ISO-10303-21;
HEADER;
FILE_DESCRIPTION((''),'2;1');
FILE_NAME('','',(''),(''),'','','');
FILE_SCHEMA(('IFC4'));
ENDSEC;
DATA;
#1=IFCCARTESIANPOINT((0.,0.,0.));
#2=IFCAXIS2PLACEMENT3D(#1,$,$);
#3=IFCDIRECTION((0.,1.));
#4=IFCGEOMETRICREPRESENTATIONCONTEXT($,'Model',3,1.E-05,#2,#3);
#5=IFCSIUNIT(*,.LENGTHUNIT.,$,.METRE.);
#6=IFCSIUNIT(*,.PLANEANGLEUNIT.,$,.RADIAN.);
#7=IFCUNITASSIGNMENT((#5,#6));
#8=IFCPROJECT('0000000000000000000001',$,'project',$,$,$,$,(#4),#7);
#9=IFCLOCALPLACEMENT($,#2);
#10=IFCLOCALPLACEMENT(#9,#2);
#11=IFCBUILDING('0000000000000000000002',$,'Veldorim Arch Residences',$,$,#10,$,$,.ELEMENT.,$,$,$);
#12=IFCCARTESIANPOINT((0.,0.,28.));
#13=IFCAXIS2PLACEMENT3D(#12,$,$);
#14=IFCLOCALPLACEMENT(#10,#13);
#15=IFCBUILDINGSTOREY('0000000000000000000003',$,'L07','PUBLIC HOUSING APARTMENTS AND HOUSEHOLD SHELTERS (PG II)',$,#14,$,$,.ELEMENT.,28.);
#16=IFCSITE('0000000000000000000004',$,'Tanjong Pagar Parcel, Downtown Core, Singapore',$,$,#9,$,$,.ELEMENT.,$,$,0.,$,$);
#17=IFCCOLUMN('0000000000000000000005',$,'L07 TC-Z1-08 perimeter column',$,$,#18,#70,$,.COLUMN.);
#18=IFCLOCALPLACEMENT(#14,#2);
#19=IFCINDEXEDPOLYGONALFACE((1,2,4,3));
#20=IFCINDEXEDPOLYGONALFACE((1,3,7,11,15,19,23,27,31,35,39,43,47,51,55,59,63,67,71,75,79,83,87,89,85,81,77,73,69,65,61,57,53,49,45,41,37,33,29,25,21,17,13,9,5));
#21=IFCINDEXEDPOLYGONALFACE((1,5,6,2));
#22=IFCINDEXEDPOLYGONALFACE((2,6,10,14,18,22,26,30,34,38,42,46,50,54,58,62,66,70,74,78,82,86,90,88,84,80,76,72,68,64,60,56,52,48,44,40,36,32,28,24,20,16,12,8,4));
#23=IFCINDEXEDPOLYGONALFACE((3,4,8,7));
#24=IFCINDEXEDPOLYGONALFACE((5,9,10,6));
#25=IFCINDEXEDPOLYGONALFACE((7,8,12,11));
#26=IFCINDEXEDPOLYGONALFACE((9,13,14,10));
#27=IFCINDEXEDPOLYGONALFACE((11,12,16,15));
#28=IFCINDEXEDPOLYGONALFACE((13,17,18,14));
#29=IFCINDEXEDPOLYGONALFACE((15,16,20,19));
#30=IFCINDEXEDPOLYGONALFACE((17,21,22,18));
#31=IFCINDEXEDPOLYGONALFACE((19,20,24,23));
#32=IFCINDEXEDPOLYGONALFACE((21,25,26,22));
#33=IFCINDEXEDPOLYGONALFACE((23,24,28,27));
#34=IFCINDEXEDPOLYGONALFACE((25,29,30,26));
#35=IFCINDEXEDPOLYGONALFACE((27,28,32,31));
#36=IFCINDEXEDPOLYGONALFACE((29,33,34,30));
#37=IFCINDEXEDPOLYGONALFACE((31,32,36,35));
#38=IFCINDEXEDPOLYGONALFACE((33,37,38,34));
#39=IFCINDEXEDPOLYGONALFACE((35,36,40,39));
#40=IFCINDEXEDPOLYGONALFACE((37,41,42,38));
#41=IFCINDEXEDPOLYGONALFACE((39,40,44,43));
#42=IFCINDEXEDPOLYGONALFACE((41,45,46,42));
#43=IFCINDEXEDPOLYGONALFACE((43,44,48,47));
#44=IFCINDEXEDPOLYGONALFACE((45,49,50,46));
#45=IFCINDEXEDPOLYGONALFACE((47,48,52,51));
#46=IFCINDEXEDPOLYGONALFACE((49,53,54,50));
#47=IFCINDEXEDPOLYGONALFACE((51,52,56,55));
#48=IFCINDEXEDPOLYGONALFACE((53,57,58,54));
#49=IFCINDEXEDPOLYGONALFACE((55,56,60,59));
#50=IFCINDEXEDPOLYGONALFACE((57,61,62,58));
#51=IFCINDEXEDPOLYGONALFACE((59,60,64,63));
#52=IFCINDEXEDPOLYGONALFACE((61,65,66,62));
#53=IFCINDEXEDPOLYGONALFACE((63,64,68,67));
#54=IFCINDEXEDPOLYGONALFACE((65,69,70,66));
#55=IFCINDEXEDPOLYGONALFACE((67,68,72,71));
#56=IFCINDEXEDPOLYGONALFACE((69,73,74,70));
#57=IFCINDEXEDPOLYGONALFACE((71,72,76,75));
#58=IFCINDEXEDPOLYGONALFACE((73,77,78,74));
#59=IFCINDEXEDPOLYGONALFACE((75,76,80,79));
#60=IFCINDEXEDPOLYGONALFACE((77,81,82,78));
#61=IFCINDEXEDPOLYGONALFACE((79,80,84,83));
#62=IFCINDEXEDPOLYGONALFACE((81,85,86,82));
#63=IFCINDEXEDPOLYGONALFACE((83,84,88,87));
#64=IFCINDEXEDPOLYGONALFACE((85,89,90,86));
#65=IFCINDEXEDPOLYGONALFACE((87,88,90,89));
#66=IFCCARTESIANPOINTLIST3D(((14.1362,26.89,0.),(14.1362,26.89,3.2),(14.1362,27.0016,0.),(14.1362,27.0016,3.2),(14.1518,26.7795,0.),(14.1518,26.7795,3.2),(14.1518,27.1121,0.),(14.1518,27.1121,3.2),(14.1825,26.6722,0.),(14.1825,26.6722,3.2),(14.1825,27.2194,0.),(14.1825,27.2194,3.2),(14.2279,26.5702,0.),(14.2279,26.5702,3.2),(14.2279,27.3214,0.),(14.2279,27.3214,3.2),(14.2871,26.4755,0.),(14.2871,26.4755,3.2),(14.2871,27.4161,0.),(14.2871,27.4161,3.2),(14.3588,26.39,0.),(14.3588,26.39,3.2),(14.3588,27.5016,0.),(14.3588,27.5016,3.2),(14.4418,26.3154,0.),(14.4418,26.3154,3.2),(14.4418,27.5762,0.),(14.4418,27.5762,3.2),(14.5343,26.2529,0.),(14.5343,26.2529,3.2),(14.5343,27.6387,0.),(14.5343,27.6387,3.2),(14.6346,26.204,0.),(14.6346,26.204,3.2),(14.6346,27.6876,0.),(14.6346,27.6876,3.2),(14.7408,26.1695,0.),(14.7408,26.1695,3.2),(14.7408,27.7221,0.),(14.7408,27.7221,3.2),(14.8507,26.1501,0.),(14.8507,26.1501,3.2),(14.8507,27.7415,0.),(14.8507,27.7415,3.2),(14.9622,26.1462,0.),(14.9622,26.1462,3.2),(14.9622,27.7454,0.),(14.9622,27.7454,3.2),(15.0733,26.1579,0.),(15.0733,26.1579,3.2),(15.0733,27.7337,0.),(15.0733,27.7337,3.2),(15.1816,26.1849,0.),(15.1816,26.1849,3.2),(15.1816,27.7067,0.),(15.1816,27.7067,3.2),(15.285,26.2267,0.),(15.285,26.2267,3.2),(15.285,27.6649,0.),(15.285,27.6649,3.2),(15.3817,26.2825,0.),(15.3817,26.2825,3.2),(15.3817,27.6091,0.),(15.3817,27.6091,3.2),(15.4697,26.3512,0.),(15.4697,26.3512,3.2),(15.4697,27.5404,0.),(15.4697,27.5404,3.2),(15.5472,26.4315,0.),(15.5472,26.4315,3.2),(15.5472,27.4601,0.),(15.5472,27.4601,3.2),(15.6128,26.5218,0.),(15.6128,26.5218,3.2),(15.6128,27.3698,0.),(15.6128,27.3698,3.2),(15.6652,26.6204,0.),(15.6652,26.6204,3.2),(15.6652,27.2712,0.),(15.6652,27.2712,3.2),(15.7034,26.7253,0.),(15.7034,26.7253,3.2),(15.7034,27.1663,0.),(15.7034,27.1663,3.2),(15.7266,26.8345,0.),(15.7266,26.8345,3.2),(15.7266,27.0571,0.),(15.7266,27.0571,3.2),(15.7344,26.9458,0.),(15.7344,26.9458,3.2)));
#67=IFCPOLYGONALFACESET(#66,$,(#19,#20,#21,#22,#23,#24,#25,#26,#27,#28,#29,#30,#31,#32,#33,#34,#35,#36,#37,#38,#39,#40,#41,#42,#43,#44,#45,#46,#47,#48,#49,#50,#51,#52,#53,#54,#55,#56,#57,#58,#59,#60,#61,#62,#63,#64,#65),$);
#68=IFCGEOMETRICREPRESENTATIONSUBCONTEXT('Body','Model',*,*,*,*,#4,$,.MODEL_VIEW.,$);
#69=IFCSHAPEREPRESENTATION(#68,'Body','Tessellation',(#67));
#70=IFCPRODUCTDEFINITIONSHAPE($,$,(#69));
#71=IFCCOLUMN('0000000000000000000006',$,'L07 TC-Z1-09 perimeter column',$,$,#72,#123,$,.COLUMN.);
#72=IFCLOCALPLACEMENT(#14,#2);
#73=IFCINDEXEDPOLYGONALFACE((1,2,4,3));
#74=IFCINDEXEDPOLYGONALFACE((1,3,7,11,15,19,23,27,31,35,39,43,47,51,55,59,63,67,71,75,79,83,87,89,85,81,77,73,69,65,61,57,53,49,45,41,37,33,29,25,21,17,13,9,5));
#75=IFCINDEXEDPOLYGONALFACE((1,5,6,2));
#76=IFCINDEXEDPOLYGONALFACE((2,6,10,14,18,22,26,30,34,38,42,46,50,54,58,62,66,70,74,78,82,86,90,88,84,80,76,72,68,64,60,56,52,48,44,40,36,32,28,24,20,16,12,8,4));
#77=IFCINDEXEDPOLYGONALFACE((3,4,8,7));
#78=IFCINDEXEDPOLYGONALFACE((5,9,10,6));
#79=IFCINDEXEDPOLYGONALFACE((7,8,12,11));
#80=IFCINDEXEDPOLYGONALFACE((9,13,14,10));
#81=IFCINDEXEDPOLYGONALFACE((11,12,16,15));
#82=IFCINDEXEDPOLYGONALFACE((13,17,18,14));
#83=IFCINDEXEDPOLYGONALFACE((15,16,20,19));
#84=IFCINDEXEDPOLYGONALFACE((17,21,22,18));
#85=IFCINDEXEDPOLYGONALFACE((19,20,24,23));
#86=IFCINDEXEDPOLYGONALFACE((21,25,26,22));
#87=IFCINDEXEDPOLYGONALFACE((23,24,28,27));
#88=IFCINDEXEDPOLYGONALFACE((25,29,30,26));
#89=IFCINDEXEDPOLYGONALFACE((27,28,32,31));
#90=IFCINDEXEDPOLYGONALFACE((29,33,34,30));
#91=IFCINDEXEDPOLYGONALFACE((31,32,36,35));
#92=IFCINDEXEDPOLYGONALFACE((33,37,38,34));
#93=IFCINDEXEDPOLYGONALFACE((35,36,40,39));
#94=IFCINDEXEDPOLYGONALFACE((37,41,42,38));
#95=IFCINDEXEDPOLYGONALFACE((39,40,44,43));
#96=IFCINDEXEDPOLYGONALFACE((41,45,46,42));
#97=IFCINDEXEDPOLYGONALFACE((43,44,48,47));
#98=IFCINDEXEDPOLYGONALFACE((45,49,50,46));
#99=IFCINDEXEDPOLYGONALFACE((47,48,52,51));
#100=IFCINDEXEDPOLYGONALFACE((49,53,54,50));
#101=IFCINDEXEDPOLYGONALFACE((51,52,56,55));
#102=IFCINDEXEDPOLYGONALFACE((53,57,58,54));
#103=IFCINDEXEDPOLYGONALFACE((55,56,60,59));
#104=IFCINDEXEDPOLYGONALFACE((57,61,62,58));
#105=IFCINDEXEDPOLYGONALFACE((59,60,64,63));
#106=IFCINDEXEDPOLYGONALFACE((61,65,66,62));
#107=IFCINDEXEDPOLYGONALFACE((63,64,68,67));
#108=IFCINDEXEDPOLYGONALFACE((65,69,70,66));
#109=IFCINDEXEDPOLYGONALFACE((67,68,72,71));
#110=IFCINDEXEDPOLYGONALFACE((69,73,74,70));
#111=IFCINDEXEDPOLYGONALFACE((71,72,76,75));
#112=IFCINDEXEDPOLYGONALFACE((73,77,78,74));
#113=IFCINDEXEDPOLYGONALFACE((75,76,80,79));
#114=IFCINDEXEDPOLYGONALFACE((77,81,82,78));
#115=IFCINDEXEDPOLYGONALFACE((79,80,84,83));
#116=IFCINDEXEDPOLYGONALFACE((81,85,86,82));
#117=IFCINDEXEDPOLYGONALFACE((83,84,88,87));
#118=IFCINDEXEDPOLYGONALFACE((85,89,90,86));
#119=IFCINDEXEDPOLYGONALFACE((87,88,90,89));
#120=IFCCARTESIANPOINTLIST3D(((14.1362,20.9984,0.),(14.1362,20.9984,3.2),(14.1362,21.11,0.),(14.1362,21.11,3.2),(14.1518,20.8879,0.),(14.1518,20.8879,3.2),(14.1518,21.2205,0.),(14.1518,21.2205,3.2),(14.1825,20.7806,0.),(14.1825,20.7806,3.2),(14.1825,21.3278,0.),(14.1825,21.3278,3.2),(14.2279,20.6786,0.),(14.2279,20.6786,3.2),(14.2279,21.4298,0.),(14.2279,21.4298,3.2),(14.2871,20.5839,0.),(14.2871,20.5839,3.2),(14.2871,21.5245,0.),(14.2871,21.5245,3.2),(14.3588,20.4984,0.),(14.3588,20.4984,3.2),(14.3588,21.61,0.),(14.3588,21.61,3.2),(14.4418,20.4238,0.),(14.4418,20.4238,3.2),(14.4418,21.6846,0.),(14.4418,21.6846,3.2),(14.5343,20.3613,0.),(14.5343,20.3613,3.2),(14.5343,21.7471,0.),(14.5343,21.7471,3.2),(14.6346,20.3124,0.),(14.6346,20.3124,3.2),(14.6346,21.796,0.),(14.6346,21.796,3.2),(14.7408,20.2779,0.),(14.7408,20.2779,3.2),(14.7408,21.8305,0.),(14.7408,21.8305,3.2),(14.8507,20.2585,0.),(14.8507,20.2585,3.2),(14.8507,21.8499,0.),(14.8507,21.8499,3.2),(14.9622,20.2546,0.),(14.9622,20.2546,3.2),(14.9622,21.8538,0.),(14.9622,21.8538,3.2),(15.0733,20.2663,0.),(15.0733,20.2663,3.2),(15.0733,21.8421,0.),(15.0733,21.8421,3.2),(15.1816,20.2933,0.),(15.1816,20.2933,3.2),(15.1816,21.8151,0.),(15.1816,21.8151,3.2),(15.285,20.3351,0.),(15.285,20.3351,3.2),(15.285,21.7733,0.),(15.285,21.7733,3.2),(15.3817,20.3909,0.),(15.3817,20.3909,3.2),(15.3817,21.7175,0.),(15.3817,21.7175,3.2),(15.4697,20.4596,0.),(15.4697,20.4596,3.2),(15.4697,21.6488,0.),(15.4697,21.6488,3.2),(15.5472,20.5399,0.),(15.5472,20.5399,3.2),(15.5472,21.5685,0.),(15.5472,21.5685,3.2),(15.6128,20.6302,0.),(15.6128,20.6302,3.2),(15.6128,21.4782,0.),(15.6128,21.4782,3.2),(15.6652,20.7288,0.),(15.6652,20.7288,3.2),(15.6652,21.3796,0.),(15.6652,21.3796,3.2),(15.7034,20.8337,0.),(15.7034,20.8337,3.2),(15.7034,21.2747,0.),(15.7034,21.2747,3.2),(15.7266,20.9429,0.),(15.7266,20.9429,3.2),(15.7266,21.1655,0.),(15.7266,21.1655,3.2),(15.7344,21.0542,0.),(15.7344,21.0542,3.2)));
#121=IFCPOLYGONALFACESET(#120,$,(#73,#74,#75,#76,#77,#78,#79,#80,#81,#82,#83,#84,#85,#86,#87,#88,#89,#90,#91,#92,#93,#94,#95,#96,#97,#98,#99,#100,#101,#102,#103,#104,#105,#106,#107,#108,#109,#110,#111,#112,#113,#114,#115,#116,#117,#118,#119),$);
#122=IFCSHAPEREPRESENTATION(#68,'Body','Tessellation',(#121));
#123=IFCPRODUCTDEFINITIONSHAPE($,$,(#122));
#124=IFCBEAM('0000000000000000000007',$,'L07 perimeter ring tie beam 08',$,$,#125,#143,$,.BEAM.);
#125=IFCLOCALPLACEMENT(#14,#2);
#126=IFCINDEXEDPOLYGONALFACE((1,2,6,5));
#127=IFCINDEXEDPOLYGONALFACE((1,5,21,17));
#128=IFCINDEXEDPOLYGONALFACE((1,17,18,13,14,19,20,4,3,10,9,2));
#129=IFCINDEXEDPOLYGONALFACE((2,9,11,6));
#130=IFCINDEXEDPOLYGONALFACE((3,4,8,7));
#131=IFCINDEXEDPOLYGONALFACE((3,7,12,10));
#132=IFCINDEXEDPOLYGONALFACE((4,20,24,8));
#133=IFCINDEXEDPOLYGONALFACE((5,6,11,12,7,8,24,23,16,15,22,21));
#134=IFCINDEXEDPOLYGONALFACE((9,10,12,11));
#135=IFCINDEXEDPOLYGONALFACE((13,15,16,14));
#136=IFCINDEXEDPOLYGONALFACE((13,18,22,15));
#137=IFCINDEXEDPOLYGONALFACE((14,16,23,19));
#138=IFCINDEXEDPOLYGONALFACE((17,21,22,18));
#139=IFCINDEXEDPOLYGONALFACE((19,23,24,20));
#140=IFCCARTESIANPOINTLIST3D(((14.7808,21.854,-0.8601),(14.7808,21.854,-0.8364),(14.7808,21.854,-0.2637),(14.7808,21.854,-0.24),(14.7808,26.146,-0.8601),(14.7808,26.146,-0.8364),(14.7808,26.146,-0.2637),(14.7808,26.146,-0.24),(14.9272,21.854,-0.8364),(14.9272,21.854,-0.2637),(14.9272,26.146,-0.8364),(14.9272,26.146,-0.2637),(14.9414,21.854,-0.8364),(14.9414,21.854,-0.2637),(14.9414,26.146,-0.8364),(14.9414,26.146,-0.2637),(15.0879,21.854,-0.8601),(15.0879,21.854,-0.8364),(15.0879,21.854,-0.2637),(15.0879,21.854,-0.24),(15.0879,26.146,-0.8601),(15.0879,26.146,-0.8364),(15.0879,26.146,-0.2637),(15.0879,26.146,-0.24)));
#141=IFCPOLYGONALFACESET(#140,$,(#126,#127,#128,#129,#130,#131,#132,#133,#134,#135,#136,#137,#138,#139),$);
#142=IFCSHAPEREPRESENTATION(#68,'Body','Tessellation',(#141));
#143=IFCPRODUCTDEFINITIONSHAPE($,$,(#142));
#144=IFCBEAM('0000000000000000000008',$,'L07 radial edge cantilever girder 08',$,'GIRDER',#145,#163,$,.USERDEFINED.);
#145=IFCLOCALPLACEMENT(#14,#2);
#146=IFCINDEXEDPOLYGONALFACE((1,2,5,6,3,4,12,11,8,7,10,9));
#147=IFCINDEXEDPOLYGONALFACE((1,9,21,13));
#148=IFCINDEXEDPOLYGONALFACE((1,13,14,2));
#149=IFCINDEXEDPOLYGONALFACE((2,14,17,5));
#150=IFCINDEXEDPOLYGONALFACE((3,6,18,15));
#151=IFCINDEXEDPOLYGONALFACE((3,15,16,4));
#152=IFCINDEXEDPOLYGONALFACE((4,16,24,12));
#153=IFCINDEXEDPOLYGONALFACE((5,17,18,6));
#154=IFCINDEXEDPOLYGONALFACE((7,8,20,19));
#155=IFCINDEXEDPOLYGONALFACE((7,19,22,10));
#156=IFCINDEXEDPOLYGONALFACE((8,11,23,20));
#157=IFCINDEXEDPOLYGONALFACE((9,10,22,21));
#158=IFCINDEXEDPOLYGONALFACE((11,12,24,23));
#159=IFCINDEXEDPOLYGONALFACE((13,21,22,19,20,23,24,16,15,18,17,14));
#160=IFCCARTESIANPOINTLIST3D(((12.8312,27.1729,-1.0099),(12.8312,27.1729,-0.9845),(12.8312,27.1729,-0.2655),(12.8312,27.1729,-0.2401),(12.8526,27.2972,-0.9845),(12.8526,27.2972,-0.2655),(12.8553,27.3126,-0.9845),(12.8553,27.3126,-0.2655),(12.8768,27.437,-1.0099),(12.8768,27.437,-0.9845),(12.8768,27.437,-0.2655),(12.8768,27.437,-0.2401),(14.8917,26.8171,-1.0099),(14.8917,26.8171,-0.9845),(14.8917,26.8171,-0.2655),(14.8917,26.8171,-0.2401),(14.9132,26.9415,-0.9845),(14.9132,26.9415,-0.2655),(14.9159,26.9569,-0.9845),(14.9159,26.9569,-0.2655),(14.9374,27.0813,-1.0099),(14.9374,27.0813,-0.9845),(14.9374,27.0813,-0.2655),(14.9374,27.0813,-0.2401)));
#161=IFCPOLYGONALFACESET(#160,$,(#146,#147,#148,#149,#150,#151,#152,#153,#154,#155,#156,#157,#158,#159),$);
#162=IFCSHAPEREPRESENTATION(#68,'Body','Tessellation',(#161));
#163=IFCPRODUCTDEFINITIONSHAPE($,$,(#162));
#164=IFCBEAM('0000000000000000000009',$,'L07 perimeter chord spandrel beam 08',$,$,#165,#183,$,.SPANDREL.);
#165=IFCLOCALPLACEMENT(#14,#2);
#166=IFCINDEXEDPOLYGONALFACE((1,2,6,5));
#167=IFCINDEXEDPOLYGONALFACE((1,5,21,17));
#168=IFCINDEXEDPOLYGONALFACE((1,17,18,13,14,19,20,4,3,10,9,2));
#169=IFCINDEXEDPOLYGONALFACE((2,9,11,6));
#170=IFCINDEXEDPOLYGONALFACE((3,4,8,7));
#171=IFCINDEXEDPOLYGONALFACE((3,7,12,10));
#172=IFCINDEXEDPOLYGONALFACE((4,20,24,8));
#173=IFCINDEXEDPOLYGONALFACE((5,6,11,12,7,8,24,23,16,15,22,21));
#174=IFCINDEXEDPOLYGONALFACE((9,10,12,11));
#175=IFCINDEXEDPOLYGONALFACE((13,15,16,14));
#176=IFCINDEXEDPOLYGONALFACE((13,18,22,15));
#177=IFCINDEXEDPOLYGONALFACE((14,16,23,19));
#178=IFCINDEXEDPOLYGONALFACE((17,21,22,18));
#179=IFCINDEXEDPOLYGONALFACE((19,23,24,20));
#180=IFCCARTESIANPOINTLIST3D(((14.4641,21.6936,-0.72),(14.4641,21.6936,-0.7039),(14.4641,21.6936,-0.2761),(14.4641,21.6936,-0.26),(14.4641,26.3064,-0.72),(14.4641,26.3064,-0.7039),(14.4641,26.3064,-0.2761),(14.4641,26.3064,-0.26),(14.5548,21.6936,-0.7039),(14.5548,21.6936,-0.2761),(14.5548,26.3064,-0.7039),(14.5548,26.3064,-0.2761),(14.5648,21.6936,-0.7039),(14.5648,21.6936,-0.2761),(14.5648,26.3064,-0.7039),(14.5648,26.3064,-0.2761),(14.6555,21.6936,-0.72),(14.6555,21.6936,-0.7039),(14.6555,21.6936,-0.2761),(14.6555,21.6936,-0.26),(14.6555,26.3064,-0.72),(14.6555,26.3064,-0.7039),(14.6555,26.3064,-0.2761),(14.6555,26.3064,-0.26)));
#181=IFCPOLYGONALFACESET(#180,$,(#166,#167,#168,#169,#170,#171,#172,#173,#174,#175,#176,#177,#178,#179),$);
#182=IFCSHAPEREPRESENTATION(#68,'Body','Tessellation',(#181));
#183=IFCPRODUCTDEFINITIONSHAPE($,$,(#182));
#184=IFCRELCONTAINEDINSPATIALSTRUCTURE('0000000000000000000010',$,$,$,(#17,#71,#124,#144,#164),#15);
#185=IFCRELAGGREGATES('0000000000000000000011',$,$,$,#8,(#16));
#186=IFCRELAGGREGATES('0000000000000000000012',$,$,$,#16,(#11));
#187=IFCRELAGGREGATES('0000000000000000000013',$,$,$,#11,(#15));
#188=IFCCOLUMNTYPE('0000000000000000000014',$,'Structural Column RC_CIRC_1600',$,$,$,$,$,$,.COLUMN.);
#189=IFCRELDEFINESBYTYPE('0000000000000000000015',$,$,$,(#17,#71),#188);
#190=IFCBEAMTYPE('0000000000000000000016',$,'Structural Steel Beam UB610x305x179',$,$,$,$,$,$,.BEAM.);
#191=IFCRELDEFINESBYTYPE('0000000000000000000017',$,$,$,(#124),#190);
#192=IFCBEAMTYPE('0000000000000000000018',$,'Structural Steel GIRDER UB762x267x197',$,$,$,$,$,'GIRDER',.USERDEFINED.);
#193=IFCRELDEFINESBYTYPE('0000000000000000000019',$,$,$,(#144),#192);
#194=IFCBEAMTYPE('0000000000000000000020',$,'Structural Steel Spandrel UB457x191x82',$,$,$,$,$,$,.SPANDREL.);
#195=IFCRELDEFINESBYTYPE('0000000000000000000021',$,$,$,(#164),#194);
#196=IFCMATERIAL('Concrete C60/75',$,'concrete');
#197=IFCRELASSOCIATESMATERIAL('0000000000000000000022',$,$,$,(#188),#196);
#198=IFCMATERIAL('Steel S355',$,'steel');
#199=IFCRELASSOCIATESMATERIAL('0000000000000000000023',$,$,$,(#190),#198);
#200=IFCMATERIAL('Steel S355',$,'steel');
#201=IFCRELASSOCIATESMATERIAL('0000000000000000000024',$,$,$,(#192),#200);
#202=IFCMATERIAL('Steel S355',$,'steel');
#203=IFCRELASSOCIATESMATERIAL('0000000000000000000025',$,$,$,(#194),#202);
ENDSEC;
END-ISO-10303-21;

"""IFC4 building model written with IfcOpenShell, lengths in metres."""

from ifc_helpers import new_model, si_unit, direction, frame, origin, origin_2d, place, context, subcontext, project, spatial, circle, i_section, extrude, material, material_profile, profile_set, type_object, element, save


model = new_model("IFC4")

# Units and contexts
model_context = context("Model", 3, precision=1e-05, world=origin(), true_north=direction((0.0, 1.0)))
body_context = subcontext(model_context, "Body", "Model", "MODEL_VIEW")
ifc_project = project(units=[si_unit("LENGTHUNIT", "METRE"), si_unit("PLANEANGLEUNIT", "RADIAN")], contexts=[model_context])

# Site, building, storey
site_placement = place(None, origin())
site = spatial("IfcSite", under=ifc_project, at=site_placement, Name="Tanjong Pagar Parcel, Downtown Core, Singapore", CompositionType="ELEMENT", RefElevation=0.0)
building_placement = place(site_placement, origin())
building = spatial("IfcBuilding", under=site, at=building_placement, Name="Veldorim Arch Residences", CompositionType="ELEMENT")
storey_placement = place(building_placement, frame((0.0, 0.0, 28.0)))
storey = spatial("IfcBuildingStorey", under=building, at=storey_placement, Name="L07", Description="PUBLIC HOUSING APARTMENTS AND HOUSEHOLD SHELTERS (PG II)", CompositionType="ELEMENT", Elevation=28.0)

# Columns
ifc_material_1 = material(Name="Concrete C60/75", Category="concrete")
ifc_material_profile_1 = material_profile(ifc_material_1, circle(Radius=0.8, at=origin_2d()), Name="RC_CIRC_1600")
ifc_profile_set_1 = profile_set([ifc_material_profile_1], Name="Concrete C60/75")
column_type = type_object("IfcColumnType", Name="Structural Column RC_CIRC_1600", PredefinedType="COLUMN", material=ifc_profile_set_1)
for number, where, z_axis, x_axis, name in (
    (1, (14.9343, 26.9458, 0.0), (0.0, 0.0, 1.0), (1.0, 0.0, 0.0), "L07 TC-Z1-08 perimeter column"),
    (2, (14.9343, 21.0542, 0.0), (0.0, 0.0, 1.0), (1.0, 0.0, 0.0), "L07 TC-Z1-09 perimeter column"),
):
    element("IfcColumn", number, at=place(storey_placement, frame(where, z_axis=z_axis, x_axis=x_axis)), inside=storey, type_object=column_type, Name=name, PredefinedType="COLUMN", context=body_context, shape_type="SweptSolid", body=[
        extrude(circle(Radius=0.8, at=origin_2d()), origin(), (0.0, 0.0, 1.0), 3.2),
    ])

# Beams
ifc_material_2 = material(Name="Steel S355", Category="steel")
ifc_material_profile_2 = material_profile(ifc_material_2, i_section(OverallWidth=0.3071, OverallDepth=0.6201, WebThickness=0.0142, FlangeThickness=0.0237, at=origin_2d()), Name="UB610x305x179")
ifc_profile_set_2 = profile_set([ifc_material_profile_2], Name="Steel S355")
beam_type_1 = type_object("IfcBeamType", Name="Structural Steel Beam UB610x305x179", PredefinedType="BEAM", material=ifc_profile_set_2)
beam_1_placement = place(storey_placement, frame((14.9343, 26.146, -0.55), z_axis=(0.0, -1.0, 0.0), x_axis=(1.0, 0.0, 0.0)))
element("IfcBeam", 3, at=beam_1_placement, inside=storey, type_object=beam_type_1, Name="L07 perimeter ring tie beam 08", PredefinedType="BEAM", context=body_context, shape_type="SweptSolid", body=[
    extrude(i_section(OverallWidth=0.3071, OverallDepth=0.6201, WebThickness=0.0142, FlangeThickness=0.0237, at=origin_2d()), origin(), (0.0, 0.0, 1.0), 4.292),
])
ifc_material_3 = material(Name="Steel S355", Category="steel")
ifc_material_profile_3 = material_profile(ifc_material_3, i_section(OverallWidth=0.2681, OverallDepth=0.7698, WebThickness=0.0156, FlangeThickness=0.0254, at=origin_2d()), Name="UB762x267x197")
ifc_profile_set_3 = profile_set([ifc_material_profile_3], Name="Steel S355")
beam_type_2 = type_object("IfcBeamType", Name="Structural Steel GIRDER UB762x267x197", ElementType="GIRDER", PredefinedType="USERDEFINED", material=ifc_profile_set_3)
beam_2_placement = place(storey_placement, frame((14.9146, 26.9492, -0.625), z_axis=(-0.985424, 0.170114, 0.0), x_axis=(-0.170114, -0.985424, 0.0)))
element("IfcBeam", 4, at=beam_2_placement, inside=storey, type_object=beam_type_2, Name="L07 radial edge cantilever girder 08", ObjectType="GIRDER", PredefinedType="USERDEFINED", context=body_context, shape_type="SweptSolid", body=[
    extrude(i_section(OverallWidth=0.2681, OverallDepth=0.7698, WebThickness=0.0156, FlangeThickness=0.0254, at=origin_2d()), origin(), (0.0, 0.0, 1.0), 2.0911),
])
ifc_material_4 = material(Name="Steel S355", Category="steel")
ifc_material_profile_4 = material_profile(ifc_material_4, i_section(OverallWidth=0.1914, OverallDepth=0.46, WebThickness=0.01, FlangeThickness=0.0161, at=origin_2d()), Name="UB457x191x82")
ifc_profile_set_4 = profile_set([ifc_material_profile_4], Name="Steel S355")
beam_type_3 = type_object("IfcBeamType", Name="Structural Steel Spandrel UB457x191x82", PredefinedType="SPANDREL", material=ifc_profile_set_4)
beam_3_placement = place(storey_placement, frame((14.5598, 26.3064, -0.49), z_axis=(0.0, -1.0, 0.0), x_axis=(1.0, 0.0, 0.0)))
element("IfcBeam", 5, at=beam_3_placement, inside=storey, type_object=beam_type_3, Name="L07 perimeter chord spandrel beam 08", PredefinedType="SPANDREL", context=body_context, shape_type="SweptSolid", body=[
    extrude(i_section(OverallWidth=0.1914, OverallDepth=0.46, WebThickness=0.01, FlangeThickness=0.0161, at=origin_2d()), origin(), (0.0, 0.0, 1.0), 4.6128),
])

save(model, "model.ifc")
